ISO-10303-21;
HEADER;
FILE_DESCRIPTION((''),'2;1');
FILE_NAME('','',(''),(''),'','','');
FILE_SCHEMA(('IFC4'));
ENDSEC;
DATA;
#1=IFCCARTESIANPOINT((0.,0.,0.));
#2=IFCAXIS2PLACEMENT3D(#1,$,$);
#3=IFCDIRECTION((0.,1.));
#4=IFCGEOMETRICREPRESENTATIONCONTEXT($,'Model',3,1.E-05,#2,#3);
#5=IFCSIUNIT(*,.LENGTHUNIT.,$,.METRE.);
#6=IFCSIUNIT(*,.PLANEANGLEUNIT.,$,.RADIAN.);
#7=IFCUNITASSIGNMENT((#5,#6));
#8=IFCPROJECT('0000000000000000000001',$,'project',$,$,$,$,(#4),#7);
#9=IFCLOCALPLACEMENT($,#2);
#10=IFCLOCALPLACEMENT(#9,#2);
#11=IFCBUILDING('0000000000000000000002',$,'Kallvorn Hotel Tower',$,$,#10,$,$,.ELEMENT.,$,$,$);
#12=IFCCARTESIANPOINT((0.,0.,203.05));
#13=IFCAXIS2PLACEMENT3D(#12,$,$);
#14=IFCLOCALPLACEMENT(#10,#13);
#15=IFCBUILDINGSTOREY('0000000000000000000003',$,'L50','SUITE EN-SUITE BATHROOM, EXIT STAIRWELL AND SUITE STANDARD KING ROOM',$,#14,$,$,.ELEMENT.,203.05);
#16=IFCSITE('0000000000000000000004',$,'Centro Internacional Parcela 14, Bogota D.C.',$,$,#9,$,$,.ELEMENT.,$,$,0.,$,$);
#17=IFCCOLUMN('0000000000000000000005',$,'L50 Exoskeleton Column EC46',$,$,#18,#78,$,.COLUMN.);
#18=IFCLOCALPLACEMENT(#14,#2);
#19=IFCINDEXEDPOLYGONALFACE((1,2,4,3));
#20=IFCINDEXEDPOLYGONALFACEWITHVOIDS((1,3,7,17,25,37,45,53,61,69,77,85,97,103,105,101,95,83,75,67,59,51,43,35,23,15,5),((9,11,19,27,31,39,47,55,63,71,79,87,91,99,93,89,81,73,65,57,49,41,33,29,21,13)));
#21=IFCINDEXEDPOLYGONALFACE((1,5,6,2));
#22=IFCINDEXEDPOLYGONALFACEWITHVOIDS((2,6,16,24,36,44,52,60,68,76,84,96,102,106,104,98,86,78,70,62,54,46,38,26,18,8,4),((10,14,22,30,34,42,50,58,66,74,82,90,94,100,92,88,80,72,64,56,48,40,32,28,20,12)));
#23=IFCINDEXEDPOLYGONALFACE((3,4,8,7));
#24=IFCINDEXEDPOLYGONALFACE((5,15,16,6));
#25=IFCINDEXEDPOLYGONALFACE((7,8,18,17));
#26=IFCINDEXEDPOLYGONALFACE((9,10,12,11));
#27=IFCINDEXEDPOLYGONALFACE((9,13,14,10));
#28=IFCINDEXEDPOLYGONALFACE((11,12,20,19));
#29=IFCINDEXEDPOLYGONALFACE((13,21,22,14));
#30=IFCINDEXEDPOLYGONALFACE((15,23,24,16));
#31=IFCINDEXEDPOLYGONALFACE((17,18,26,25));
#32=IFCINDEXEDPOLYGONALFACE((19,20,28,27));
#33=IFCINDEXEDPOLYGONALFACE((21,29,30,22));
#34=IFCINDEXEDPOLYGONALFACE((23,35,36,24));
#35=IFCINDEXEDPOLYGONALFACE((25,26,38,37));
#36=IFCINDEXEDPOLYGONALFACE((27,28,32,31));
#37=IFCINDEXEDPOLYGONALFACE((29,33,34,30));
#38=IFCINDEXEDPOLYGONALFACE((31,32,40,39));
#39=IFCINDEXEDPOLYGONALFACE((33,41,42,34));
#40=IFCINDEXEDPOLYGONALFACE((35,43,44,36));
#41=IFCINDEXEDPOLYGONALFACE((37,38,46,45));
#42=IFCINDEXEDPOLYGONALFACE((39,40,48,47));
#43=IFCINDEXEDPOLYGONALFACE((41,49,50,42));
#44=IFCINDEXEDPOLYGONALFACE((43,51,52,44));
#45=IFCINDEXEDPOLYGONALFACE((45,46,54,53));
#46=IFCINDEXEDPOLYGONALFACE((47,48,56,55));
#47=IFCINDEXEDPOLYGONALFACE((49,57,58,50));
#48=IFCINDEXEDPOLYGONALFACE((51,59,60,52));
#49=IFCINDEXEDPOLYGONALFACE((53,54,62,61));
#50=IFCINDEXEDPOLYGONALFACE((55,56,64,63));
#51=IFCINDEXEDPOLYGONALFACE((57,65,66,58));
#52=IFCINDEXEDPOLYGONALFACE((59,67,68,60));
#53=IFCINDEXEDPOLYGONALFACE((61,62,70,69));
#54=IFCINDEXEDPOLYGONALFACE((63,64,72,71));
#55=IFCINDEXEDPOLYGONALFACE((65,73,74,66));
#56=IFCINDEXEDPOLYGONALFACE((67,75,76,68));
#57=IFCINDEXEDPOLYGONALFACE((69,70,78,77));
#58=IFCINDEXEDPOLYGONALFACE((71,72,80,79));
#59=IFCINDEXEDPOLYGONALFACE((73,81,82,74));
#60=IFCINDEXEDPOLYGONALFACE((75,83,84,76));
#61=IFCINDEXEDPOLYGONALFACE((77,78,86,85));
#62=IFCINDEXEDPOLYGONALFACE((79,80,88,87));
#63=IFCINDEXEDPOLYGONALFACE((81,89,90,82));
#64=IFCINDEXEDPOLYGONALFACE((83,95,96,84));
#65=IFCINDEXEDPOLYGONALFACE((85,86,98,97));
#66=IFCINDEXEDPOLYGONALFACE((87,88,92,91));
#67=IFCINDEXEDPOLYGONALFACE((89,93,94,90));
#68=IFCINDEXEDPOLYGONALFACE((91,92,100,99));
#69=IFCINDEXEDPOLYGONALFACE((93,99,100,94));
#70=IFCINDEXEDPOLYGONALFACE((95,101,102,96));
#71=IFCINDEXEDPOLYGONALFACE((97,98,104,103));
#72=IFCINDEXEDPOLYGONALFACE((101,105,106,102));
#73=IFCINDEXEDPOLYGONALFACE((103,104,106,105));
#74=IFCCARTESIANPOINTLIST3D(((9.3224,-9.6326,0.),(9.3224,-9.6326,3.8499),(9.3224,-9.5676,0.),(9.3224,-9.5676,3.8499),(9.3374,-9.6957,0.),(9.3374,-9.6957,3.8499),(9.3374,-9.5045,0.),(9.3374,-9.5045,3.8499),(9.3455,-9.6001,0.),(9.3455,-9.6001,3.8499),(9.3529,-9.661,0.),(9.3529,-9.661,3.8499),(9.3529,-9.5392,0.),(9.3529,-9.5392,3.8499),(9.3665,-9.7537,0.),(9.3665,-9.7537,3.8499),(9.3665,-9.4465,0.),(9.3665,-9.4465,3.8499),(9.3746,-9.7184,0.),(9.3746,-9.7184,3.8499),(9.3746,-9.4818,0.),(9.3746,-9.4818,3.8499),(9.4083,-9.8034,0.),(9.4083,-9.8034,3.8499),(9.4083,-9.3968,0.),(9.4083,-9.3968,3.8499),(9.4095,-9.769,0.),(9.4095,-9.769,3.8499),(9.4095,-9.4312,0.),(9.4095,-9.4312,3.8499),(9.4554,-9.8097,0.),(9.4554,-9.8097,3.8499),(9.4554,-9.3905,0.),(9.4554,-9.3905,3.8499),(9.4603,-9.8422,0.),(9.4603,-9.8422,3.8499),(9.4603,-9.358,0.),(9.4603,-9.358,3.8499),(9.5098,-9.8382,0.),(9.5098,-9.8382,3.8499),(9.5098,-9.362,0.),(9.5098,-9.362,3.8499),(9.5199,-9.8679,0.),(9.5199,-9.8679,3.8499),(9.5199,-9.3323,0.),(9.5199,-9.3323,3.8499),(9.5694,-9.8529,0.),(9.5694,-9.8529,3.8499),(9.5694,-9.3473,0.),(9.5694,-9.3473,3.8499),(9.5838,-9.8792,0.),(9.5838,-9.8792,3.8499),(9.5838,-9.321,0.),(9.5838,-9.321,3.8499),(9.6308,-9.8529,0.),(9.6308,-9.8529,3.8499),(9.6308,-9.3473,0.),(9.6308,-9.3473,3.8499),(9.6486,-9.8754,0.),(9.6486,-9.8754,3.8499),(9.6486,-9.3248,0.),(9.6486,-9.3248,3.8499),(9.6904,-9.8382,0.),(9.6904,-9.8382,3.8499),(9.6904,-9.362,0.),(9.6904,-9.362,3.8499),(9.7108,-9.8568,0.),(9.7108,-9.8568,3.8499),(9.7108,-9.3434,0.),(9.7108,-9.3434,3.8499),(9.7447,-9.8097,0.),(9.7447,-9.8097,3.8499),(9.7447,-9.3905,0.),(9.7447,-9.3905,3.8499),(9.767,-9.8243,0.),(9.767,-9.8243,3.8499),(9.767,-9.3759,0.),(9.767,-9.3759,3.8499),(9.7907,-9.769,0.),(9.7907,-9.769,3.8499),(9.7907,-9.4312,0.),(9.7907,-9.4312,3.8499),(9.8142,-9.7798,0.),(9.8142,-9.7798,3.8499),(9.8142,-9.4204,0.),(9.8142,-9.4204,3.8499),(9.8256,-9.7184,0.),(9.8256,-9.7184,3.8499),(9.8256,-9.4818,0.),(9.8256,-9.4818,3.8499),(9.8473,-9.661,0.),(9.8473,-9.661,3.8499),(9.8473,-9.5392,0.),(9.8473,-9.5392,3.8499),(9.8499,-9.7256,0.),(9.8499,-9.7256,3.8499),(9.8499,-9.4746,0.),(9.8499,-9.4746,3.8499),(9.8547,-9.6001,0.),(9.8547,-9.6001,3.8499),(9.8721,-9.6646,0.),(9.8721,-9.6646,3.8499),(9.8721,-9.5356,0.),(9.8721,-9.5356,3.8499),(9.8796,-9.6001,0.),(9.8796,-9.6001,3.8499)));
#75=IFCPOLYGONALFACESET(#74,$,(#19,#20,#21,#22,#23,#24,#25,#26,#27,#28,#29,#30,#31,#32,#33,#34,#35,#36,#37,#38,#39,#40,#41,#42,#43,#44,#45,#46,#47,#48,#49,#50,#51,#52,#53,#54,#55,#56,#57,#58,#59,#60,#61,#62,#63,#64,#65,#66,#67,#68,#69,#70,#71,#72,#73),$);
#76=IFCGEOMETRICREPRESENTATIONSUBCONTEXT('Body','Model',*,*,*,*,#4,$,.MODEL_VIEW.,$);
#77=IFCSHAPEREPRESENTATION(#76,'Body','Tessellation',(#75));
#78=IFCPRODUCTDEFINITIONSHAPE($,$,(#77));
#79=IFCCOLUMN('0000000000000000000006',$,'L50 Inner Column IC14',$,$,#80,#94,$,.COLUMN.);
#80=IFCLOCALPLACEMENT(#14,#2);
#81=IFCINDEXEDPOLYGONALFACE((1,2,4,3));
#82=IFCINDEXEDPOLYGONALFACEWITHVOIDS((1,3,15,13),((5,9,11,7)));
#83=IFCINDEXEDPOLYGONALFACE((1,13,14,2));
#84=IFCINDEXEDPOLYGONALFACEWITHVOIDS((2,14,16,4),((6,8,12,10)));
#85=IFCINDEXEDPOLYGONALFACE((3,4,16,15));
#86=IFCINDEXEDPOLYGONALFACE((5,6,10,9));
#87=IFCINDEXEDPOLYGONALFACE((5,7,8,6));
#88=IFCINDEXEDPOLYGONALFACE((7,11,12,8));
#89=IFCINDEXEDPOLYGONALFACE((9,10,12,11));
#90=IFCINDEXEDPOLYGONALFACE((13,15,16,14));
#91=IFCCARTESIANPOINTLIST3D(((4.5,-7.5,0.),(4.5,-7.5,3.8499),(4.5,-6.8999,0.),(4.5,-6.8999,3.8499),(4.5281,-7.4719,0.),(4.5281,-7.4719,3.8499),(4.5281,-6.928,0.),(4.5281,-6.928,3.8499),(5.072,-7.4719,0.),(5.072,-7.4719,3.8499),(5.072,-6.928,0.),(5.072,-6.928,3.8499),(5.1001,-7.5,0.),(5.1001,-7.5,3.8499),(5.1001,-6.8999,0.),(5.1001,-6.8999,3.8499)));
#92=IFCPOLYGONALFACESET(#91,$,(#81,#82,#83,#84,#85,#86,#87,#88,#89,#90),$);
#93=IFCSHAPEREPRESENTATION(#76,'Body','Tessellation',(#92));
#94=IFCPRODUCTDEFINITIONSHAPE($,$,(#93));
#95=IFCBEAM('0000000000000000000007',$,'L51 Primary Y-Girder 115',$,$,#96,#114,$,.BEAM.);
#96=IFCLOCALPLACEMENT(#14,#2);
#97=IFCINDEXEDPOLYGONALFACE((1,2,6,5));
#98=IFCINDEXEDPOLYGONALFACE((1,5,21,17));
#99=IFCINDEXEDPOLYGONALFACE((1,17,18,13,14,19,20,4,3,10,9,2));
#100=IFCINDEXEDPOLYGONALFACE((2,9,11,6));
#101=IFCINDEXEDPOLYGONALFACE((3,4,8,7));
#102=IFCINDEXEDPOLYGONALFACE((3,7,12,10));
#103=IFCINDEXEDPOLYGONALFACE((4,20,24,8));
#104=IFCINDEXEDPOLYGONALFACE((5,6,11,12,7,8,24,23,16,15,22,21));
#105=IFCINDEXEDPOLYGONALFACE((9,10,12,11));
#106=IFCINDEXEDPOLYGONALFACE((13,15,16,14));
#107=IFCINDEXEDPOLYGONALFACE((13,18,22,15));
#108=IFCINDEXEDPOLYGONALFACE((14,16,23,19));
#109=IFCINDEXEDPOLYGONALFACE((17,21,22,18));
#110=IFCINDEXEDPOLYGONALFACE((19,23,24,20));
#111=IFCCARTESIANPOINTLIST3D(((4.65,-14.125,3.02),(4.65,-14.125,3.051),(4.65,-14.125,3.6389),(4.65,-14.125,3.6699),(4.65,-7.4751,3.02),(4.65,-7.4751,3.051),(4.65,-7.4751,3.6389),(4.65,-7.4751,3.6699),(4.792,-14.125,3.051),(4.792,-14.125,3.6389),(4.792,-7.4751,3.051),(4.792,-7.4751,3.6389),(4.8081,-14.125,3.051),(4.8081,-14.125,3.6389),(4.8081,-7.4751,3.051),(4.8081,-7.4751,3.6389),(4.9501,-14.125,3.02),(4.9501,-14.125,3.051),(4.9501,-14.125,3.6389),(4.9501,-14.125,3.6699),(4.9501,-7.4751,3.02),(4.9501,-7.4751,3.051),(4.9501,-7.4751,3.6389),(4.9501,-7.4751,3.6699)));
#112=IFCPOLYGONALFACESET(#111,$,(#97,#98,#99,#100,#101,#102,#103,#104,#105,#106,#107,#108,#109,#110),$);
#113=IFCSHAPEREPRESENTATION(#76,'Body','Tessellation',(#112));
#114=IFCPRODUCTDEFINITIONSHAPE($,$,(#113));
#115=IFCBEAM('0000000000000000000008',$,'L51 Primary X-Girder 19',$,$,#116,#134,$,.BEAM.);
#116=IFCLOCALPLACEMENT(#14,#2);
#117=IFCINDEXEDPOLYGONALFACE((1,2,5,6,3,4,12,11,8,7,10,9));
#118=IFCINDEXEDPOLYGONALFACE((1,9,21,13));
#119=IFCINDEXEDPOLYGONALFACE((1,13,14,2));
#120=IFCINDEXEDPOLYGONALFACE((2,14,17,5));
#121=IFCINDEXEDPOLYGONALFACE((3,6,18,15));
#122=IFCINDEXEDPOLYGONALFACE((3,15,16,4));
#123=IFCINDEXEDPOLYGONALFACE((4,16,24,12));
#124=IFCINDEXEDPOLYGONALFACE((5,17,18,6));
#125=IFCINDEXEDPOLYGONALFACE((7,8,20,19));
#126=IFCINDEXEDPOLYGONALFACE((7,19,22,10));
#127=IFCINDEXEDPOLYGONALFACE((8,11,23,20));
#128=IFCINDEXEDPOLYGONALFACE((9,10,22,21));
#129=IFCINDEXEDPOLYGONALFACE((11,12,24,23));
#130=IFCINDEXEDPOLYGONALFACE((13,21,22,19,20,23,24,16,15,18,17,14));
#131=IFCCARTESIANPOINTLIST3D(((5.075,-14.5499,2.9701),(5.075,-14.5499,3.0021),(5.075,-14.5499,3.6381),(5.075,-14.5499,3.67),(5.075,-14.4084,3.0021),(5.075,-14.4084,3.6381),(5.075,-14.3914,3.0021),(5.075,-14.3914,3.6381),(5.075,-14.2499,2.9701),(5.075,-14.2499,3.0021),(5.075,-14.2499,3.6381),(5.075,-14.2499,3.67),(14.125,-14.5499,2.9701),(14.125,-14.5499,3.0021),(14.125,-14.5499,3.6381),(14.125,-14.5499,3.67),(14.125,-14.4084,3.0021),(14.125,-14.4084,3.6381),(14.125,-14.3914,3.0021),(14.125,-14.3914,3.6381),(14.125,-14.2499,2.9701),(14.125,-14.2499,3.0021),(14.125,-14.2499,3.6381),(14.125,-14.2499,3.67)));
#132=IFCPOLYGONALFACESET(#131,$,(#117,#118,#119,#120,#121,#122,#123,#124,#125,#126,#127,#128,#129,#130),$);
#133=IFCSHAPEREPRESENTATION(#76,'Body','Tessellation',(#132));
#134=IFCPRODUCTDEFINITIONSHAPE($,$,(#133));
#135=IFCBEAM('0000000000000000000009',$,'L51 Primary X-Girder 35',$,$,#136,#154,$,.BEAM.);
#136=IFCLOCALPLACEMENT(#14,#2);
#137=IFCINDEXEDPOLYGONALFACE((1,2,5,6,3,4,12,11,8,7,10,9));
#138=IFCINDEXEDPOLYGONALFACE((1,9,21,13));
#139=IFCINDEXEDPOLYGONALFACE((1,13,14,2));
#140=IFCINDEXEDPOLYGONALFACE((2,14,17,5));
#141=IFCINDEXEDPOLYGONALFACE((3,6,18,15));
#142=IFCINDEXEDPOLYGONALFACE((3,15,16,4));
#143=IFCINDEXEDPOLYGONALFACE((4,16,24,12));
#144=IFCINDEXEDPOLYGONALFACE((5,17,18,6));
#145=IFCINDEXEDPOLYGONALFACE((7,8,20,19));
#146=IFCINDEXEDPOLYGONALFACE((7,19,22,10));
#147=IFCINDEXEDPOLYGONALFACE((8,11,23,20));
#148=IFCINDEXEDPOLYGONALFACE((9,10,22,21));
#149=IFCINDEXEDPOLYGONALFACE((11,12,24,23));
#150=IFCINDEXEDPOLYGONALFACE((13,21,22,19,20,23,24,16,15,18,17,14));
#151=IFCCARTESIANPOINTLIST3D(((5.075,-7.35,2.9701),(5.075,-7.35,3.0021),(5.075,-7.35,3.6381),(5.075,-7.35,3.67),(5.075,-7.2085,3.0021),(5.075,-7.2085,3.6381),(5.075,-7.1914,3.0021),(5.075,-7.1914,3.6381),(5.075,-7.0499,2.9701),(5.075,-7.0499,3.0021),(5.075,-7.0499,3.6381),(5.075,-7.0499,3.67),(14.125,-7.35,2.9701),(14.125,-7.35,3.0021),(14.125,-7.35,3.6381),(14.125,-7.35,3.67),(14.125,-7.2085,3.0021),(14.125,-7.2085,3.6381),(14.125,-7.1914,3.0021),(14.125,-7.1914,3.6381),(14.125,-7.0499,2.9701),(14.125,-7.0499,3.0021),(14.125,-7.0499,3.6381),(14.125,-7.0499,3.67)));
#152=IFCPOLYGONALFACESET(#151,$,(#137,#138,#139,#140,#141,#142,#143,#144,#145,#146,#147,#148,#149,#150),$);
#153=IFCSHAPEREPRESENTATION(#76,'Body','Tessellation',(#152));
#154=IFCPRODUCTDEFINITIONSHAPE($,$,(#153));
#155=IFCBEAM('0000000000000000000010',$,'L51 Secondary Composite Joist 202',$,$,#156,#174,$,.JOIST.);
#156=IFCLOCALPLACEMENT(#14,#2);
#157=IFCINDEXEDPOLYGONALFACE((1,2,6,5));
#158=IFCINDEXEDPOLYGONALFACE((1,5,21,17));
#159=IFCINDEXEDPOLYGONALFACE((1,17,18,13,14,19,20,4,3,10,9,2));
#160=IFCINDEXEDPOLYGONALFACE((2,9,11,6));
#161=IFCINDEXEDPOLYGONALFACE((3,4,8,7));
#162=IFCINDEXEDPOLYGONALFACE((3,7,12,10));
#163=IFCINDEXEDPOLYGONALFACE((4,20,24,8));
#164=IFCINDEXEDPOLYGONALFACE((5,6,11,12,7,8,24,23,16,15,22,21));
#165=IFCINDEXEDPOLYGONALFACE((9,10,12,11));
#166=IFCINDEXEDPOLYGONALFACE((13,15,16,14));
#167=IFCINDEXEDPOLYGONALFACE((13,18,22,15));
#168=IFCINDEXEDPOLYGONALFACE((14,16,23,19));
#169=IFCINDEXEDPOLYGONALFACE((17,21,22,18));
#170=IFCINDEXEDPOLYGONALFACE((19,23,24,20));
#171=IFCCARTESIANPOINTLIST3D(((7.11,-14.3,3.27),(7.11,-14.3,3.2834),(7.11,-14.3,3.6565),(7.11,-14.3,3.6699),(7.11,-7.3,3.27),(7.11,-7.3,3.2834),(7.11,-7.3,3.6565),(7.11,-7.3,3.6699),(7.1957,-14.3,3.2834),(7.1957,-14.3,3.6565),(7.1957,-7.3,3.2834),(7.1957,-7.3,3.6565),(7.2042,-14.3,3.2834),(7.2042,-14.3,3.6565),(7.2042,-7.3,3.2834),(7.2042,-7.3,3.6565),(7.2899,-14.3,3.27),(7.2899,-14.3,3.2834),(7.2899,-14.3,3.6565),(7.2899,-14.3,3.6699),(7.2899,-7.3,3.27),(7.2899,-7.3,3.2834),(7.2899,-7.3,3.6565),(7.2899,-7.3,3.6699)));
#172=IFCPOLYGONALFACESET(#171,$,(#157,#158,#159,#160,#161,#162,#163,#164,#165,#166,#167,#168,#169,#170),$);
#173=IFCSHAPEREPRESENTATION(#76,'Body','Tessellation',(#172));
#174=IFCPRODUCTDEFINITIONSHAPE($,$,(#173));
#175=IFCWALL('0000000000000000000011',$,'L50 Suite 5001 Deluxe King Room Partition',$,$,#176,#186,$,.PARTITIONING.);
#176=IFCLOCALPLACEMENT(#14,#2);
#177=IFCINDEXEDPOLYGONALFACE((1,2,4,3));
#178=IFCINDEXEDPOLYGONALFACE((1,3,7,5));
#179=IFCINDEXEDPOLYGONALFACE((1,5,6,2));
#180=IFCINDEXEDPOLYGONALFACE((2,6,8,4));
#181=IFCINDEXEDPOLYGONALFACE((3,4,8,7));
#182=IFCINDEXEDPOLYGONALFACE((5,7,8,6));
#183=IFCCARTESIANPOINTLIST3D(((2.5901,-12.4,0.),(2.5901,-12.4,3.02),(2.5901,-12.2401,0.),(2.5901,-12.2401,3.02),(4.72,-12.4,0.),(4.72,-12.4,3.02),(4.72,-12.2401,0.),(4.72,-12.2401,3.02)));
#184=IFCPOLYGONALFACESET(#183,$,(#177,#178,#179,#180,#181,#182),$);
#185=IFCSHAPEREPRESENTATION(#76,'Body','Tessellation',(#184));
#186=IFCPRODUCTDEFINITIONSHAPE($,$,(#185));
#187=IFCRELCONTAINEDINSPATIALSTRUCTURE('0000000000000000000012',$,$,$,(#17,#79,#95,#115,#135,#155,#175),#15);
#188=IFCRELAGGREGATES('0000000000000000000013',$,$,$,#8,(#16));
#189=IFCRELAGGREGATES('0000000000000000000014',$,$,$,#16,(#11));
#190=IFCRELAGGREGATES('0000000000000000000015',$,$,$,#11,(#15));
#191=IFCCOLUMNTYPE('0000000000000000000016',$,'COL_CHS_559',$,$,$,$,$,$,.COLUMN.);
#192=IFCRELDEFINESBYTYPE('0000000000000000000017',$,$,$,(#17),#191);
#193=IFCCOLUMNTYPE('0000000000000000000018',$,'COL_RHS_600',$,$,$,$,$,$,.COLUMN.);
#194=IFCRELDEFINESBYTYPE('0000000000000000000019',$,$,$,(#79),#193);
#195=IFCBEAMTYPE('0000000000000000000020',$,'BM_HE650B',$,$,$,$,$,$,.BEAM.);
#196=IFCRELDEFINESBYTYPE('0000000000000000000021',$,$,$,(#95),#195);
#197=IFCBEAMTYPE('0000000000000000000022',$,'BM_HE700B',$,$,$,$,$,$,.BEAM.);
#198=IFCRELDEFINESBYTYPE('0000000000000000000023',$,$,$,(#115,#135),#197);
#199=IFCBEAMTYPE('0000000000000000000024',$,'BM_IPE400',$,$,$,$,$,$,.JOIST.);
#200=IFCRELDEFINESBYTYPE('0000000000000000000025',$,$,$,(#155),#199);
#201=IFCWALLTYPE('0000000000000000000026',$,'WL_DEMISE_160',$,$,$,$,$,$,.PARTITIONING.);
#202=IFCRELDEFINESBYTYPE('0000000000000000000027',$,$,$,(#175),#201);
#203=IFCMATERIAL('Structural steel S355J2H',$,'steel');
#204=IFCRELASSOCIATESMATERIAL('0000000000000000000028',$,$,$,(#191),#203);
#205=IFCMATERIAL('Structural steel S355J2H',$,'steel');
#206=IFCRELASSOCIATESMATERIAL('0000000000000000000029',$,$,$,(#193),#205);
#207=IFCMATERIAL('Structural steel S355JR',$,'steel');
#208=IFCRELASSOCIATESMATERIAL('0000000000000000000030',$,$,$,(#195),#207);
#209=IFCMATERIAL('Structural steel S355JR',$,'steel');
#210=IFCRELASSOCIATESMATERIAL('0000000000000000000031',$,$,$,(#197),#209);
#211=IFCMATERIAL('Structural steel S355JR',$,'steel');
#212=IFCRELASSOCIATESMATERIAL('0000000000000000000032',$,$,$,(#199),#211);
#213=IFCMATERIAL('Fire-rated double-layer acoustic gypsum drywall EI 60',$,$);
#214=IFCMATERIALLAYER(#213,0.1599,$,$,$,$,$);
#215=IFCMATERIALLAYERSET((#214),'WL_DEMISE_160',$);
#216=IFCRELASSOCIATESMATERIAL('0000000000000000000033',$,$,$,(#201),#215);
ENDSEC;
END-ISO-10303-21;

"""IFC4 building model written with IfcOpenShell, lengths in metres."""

from ifc_helpers import new_model, si_unit, direction, frame, frame_2d, origin, origin_2d, place, context, subcontext, project, spatial, rectangle, hollow_rectangle, hollow_circle, i_section, extrude, material, layer, layer_set, material_profile, profile_set, type_object, element, save


model = new_model("IFC4")

# Units and contexts
model_context = context("Model", 3, precision=1e-05, world=origin(), true_north=direction((0.0, 1.0)))
body_context = subcontext(model_context, "Body", "Model", "MODEL_VIEW")
ifc_project = project(units=[si_unit("LENGTHUNIT", "METRE"), si_unit("PLANEANGLEUNIT", "RADIAN")], contexts=[model_context])

# Site, building, storey
site_placement = place(None, origin())
site = spatial("IfcSite", under=ifc_project, at=site_placement, Name="Centro Internacional Parcela 14, Bogota D.C.", CompositionType="ELEMENT", RefElevation=0.0)
building_placement = place(site_placement, origin())
building = spatial("IfcBuilding", under=site, at=building_placement, Name="Kallvorn Hotel Tower", CompositionType="ELEMENT")
storey_placement = place(building_placement, frame((0.0, 0.0, 203.05)))
storey = spatial("IfcBuildingStorey", under=building, at=storey_placement, Name="L50", Description="SUITE EN-SUITE BATHROOM, EXIT STAIRWELL AND SUITE STANDARD KING ROOM", CompositionType="ELEMENT", Elevation=203.05)

# Columns
ifc_material_1 = material(Name="Structural steel S355J2H", Category="steel")
ifc_material_profile_1 = material_profile(ifc_material_1, hollow_circle(Radius=0.2795, WallThickness=0.0249, at=origin_2d()), Name="CHS 559x25")
ifc_profile_set_1 = profile_set([ifc_material_profile_1], Name="Structural steel S355J2H")
column_type_1 = type_object("IfcColumnType", Name="COL_CHS_559", PredefinedType="COLUMN", material=ifc_profile_set_1)
column_1_placement = place(storey_placement, frame((9.6001, -9.6001, 0.0), z_axis=(0.0, 0.0, 1.0), x_axis=(1.0, 0.0, 0.0)))
element("IfcColumn", 1, at=column_1_placement, inside=storey, type_object=column_type_1, Name="L50 Exoskeleton Column EC46", PredefinedType="COLUMN", context=body_context, shape_type="SweptSolid", body=[
    extrude(hollow_circle(Radius=0.2795, WallThickness=0.0249, at=origin_2d()), origin(), (0.0, 0.0, 1.0), 3.8499),
])
ifc_material_2 = material(Name="Structural steel S355J2H", Category="steel")
ifc_material_profile_2 = material_profile(ifc_material_2, hollow_rectangle(XDim=0.6001, YDim=0.6001, WallThickness=0.0281, at=origin_2d()), Name="RHS 600x600x28")
ifc_profile_set_2 = profile_set([ifc_material_profile_2], Name="Structural steel S355J2H")
column_type_2 = type_object("IfcColumnType", Name="COL_RHS_600", PredefinedType="COLUMN", material=ifc_profile_set_2)
column_2_placement = place(storey_placement, frame((4.8, -7.2, 0.0), z_axis=(0.0, 0.0, 1.0), x_axis=(1.0, 0.0, 0.0)))
element("IfcColumn", 2, at=column_2_placement, inside=storey, type_object=column_type_2, Name="L50 Inner Column IC14", PredefinedType="COLUMN", context=body_context, shape_type="SweptSolid", body=[
    extrude(hollow_rectangle(XDim=0.6001, YDim=0.6001, WallThickness=0.0281, at=origin_2d()), origin(), (0.0, 0.0, 1.0), 3.8499),
])

# Beams
ifc_material_3 = material(Name="Structural steel S355JR", Category="steel")
ifc_material_profile_3 = material_profile(ifc_material_3, i_section(OverallWidth=0.3, OverallDepth=0.6499, WebThickness=0.0161, FlangeThickness=0.031, at=origin_2d()), Name="HE 650 B")
ifc_profile_set_3 = profile_set([ifc_material_profile_3], Name="Structural steel S355JR")
beam_type_1 = type_object("IfcBeamType", Name="BM_HE650B", PredefinedType="BEAM", material=ifc_profile_set_3)
beam_1_placement = place(storey_placement, frame((4.8, -14.125, 3.345), z_axis=(0.0, 1.0, 0.0), x_axis=(-1.0, 0.0, 0.0)))
element("IfcBeam", 3, at=beam_1_placement, inside=storey, type_object=beam_type_1, Name="L51 Primary Y-Girder 115", PredefinedType="BEAM", context=body_context, shape_type="SweptSolid", body=[
    extrude(i_section(OverallWidth=0.3, OverallDepth=0.6499, WebThickness=0.0161, FlangeThickness=0.031, at=origin_2d()), origin(), (0.0, 0.0, 1.0), 6.6499),
])
ifc_material_4 = material(Name="Structural steel S355JR", Category="steel")
ifc_material_profile_4 = material_profile(ifc_material_4, i_section(OverallWidth=0.3, OverallDepth=0.7, WebThickness=0.0171, FlangeThickness=0.032, at=origin_2d()), Name="HE 700 B")
ifc_profile_set_4 = profile_set([ifc_material_profile_4], Name="Structural steel S355JR")
beam_type_2 = type_object("IfcBeamType", Name="BM_HE700B", PredefinedType="BEAM", material=ifc_profile_set_4)
for number, where, z_axis, x_axis, name in (
    (4, (5.075, -14.3999, 3.3201), (1.0, 0.0, 0.0), (0.0, 1.0, 0.0), "L51 Primary X-Girder 19"),
    (5, (5.075, -7.2, 3.3201), (1.0, 0.0, 0.0), (0.0, 1.0, 0.0), "L51 Primary X-Girder 35"),
):
    element("IfcBeam", number, at=place(storey_placement, frame(where, z_axis=z_axis, x_axis=x_axis)), inside=storey, type_object=beam_type_2, Name=name, PredefinedType="BEAM", context=body_context, shape_type="SweptSolid", body=[
        extrude(i_section(OverallWidth=0.3, OverallDepth=0.7, WebThickness=0.0171, FlangeThickness=0.032, at=origin_2d()), origin(), (0.0, 0.0, 1.0), 9.05),
    ])
ifc_material_5 = material(Name="Structural steel S355JR", Category="steel")
ifc_material_profile_5 = material_profile(ifc_material_5, i_section(OverallWidth=0.1799, OverallDepth=0.3999, WebThickness=0.0085, FlangeThickness=0.0134, at=origin_2d()), Name="IPE 400")
ifc_profile_set_5 = profile_set([ifc_material_profile_5], Name="Structural steel S355JR")
beam_type_3 = type_object("IfcBeamType", Name="BM_IPE400", PredefinedType="JOIST", material=ifc_profile_set_5)
beam_2_placement = place(storey_placement, frame((7.2, -14.3, 3.47), z_axis=(0.0, 1.0, 0.0), x_axis=(-1.0, 0.0, 0.0)))
element("IfcBeam", 6, at=beam_2_placement, inside=storey, type_object=beam_type_3, Name="L51 Secondary Composite Joist 202", PredefinedType="JOIST", context=body_context, shape_type="SweptSolid", body=[
    extrude(i_section(OverallWidth=0.1799, OverallDepth=0.3999, WebThickness=0.0085, FlangeThickness=0.0134, at=origin_2d()), origin(), (0.0, 0.0, 1.0), 7.0),
])

# Wall
ifc_material_6 = material(Name="Fire-rated double-layer acoustic gypsum drywall EI 60")
ifc_layer_1 = layer(ifc_material_6, 0.1599)
ifc_layer_set_1 = layer_set([ifc_layer_1], Name="WL_DEMISE_160")
wall_type_1 = type_object("IfcWallType", Name="WL_DEMISE_160", PredefinedType="PARTITIONING", material=ifc_layer_set_1)
wall_1_placement = place(storey_placement, frame((2.5901, -12.3201, 0.0), z_axis=(0.0, 0.0, 1.0), x_axis=(1.0, 0.0, 0.0)))
element("IfcWall", 7, at=wall_1_placement, inside=storey, type_object=wall_type_1, Name="L50 Suite 5001 Deluxe King Room Partition", PredefinedType="PARTITIONING", context=body_context, shape_type="SweptSolid", body=[
    extrude(rectangle(XDim=2.1299, YDim=0.1599, at=frame_2d((1.0649, 0.0))), origin(), (0.0, 0.0, 1.0), 3.02),
])

save(model, "model.ifc")
